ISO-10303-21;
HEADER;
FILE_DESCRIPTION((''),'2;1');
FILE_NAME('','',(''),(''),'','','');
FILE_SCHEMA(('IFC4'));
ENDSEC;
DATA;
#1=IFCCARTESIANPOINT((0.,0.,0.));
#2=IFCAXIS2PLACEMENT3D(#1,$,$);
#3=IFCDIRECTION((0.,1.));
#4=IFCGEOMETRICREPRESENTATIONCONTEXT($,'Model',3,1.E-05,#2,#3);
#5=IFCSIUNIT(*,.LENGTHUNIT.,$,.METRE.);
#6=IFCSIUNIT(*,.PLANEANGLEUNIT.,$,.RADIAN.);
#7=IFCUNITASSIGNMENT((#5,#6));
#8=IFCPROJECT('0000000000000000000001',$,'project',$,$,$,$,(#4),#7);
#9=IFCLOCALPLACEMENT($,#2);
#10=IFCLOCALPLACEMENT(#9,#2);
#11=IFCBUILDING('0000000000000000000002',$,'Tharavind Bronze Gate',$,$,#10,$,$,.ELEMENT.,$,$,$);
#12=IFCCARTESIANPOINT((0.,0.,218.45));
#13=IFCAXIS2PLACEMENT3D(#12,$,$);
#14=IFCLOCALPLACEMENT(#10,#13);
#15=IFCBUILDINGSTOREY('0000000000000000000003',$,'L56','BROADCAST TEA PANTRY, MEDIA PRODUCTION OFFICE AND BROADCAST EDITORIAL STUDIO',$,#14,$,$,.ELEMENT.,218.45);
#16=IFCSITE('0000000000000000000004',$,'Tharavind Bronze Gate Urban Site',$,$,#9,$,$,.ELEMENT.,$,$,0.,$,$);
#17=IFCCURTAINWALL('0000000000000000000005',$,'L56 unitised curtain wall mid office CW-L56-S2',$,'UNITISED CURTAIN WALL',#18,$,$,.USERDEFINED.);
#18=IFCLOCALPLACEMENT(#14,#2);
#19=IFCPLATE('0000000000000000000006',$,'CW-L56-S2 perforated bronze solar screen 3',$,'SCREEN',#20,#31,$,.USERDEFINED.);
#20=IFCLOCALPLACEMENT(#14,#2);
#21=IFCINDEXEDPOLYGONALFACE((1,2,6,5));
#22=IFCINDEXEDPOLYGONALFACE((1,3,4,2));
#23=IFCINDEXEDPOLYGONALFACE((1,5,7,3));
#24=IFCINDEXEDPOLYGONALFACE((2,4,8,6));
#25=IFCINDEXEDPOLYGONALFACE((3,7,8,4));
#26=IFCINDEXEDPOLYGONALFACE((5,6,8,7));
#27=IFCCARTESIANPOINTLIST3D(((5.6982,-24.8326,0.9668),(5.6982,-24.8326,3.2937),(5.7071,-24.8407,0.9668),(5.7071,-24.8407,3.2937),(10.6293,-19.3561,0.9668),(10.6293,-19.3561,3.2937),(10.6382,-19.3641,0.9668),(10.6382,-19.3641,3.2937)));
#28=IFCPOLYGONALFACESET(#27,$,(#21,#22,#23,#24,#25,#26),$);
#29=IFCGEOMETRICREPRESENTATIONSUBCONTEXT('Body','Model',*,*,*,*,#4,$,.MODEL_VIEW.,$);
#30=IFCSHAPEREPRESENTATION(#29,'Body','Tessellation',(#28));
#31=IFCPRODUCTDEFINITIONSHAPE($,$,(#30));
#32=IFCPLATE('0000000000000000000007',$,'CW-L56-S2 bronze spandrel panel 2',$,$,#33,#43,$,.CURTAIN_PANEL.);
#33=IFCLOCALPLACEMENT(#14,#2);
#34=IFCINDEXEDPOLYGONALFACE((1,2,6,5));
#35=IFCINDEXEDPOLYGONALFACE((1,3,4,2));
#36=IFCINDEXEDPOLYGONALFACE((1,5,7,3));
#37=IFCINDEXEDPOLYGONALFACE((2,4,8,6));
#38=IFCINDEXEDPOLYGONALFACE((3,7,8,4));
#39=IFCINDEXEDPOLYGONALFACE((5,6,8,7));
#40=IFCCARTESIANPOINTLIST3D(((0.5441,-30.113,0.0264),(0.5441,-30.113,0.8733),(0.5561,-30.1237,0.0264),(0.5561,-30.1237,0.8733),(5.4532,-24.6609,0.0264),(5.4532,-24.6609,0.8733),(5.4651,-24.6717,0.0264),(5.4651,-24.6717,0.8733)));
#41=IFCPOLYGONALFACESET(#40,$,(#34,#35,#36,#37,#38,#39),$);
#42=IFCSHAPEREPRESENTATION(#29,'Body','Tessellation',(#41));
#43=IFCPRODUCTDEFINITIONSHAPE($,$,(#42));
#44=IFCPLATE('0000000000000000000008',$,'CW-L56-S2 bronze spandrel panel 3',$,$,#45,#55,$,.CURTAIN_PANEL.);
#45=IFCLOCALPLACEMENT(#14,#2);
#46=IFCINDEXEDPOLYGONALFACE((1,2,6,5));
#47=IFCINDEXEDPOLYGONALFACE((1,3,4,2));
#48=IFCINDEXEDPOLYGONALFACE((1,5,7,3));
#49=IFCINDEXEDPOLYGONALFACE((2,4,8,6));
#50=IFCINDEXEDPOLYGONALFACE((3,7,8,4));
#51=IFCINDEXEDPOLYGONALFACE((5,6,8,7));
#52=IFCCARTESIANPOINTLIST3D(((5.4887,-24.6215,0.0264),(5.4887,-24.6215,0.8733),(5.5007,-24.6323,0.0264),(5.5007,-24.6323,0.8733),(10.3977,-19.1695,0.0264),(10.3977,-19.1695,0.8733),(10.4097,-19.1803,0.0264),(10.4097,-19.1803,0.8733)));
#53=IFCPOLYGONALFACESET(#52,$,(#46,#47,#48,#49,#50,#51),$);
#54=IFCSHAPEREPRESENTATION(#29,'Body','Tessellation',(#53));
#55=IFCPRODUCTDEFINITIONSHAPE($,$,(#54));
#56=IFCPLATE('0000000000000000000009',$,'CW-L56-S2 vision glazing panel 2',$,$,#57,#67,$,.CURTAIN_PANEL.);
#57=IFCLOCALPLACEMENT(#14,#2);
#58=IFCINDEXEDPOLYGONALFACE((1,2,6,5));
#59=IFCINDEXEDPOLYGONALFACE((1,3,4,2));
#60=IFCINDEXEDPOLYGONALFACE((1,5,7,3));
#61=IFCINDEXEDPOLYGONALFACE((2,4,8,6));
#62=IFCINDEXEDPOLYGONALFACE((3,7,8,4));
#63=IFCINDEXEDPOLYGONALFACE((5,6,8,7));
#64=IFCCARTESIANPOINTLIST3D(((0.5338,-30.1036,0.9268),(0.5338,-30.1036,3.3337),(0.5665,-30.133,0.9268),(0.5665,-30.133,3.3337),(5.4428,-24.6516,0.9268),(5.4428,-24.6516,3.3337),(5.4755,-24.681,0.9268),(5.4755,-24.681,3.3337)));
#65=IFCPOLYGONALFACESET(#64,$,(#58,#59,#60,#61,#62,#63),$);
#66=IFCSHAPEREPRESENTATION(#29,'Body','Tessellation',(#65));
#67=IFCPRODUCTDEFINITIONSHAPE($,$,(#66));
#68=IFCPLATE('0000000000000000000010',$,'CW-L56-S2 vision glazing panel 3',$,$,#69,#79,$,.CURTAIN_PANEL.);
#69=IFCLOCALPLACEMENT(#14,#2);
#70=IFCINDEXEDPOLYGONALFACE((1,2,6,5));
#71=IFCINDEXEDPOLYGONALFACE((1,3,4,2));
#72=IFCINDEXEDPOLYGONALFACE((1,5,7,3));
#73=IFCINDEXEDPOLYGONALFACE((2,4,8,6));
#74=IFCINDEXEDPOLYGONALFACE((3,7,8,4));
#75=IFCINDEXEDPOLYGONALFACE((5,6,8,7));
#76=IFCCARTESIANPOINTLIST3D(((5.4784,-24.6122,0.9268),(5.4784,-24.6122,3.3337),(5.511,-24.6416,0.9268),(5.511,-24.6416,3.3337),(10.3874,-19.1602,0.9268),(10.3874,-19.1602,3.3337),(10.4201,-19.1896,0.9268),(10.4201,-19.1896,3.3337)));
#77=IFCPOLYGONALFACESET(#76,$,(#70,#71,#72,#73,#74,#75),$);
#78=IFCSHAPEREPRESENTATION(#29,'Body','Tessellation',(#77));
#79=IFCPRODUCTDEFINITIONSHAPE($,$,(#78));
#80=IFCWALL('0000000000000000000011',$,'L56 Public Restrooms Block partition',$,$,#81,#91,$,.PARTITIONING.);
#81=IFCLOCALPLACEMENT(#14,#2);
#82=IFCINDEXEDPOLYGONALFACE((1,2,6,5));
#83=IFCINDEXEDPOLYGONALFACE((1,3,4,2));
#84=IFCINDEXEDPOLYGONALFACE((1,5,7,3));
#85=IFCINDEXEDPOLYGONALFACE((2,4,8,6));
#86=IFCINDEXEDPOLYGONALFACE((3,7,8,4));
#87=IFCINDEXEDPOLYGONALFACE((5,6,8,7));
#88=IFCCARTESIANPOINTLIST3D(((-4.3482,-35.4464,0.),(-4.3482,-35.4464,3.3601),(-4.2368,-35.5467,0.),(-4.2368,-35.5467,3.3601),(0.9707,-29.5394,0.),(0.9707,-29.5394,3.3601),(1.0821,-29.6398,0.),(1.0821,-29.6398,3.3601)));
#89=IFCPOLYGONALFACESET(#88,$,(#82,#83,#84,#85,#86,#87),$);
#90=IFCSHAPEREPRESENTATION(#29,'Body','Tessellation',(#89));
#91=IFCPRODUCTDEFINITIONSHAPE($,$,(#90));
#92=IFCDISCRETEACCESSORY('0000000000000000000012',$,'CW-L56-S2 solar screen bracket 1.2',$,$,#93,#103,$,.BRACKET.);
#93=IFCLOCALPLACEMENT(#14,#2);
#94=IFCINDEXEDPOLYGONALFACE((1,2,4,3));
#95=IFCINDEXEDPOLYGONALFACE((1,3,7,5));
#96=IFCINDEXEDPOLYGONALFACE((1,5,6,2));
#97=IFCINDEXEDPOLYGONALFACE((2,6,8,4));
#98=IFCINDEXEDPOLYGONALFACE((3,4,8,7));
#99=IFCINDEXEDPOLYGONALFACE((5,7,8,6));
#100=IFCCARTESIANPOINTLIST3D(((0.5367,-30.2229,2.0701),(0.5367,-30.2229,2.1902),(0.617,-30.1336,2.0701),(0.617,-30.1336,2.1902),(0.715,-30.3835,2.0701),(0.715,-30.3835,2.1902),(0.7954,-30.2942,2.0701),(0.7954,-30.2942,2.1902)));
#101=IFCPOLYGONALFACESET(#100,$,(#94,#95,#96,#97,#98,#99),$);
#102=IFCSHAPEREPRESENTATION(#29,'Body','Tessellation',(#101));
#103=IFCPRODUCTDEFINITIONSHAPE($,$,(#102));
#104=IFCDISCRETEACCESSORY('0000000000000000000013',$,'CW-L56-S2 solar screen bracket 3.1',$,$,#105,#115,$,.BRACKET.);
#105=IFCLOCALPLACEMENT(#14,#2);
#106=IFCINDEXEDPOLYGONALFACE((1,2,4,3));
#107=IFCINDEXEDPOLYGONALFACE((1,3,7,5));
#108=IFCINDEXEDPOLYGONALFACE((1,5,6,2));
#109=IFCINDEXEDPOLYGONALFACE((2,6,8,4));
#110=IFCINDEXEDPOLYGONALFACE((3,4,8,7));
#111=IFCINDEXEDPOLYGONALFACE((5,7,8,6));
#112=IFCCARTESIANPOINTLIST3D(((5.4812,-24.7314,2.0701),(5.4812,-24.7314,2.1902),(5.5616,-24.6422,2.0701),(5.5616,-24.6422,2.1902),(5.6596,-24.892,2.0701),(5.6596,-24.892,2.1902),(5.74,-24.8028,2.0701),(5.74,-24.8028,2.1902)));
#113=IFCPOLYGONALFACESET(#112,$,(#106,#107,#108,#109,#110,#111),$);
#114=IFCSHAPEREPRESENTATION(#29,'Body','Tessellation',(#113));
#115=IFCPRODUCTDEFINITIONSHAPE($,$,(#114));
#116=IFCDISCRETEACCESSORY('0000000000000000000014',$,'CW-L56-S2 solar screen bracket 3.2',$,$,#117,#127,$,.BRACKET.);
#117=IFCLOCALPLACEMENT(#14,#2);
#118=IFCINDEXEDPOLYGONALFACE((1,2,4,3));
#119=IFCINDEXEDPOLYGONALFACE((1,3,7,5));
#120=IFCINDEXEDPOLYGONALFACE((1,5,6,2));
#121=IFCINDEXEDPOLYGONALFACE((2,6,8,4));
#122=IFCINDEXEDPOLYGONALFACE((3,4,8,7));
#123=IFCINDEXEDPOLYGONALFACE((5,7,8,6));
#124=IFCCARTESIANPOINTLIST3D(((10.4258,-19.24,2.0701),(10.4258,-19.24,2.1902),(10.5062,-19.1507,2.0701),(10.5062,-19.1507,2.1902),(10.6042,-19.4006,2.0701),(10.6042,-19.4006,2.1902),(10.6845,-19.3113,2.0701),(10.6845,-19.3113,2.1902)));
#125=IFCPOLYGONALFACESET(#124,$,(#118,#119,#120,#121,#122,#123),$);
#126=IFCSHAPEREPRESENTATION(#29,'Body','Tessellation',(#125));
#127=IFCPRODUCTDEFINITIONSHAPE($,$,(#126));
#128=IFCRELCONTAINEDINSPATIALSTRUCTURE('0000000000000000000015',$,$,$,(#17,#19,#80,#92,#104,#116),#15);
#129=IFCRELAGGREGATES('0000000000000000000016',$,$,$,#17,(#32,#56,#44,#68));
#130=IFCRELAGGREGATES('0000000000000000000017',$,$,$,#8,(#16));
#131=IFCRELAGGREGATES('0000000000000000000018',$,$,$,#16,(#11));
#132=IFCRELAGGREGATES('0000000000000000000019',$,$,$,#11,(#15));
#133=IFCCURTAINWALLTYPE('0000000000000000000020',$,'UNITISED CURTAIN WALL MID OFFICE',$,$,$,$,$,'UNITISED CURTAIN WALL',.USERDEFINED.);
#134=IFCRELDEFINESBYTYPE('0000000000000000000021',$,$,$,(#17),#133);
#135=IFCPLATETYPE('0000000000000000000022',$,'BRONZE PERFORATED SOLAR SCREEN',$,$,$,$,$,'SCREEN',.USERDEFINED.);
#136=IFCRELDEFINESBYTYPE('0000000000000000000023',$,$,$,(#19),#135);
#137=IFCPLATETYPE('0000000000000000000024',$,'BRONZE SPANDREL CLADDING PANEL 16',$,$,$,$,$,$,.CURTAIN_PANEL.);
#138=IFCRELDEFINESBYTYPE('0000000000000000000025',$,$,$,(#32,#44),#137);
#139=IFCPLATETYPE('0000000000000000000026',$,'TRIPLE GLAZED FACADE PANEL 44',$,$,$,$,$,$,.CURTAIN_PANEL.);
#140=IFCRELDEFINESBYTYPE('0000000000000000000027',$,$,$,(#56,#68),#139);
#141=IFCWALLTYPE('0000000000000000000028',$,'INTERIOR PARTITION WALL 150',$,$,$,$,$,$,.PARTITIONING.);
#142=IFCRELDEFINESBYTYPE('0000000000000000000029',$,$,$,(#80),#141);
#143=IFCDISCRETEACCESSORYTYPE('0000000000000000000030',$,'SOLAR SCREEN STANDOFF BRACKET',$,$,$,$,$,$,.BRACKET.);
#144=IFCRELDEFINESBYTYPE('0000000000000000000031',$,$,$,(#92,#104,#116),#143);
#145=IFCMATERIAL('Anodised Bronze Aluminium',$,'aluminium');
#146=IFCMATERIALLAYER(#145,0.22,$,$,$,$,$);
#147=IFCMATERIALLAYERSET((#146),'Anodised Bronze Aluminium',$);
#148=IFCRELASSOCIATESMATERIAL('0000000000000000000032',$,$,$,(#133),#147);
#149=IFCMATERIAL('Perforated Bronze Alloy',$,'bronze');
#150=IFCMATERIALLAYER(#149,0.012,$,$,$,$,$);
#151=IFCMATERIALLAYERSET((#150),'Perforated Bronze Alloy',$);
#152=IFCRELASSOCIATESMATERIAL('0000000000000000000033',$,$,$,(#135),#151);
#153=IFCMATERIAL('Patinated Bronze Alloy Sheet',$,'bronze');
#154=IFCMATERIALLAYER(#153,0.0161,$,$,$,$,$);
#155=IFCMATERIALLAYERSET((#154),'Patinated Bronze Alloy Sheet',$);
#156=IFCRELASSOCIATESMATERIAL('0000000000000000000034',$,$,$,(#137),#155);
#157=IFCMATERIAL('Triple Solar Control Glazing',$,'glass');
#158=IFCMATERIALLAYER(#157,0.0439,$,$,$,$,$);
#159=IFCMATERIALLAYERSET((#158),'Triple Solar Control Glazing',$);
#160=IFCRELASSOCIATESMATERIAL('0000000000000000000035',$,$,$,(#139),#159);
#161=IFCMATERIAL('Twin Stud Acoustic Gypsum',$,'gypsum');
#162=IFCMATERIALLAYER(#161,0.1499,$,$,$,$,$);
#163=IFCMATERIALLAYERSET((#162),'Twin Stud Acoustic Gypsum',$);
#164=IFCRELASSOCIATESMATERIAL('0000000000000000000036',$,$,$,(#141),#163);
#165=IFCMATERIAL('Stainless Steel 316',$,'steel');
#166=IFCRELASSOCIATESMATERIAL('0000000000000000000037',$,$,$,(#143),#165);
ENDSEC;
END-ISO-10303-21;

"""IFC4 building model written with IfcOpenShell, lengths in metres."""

from ifc_helpers import new_model, si_unit, direction, frame, frame_2d, origin, origin_2d, place, context, subcontext, project, spatial, rectangle, extrude, material, layer, layer_set, type_object, element, aggregate, save


model = new_model("IFC4")

# Units and contexts
model_context = context("Model", 3, precision=1e-05, world=origin(), true_north=direction((0.0, 1.0)))
body_context = subcontext(model_context, "Body", "Model", "MODEL_VIEW")
ifc_project = project(units=[si_unit("LENGTHUNIT", "METRE"), si_unit("PLANEANGLEUNIT", "RADIAN")], contexts=[model_context])

# Site, building, storey
site_placement = place(None, origin())
site = spatial("IfcSite", under=ifc_project, at=site_placement, Name="Tharavind Bronze Gate Urban Site", CompositionType="ELEMENT", RefElevation=0.0)
building_placement = place(site_placement, origin())
building = spatial("IfcBuilding", under=site, at=building_placement, Name="Tharavind Bronze Gate", CompositionType="ELEMENT")
storey_placement = place(building_placement, frame((0.0, 0.0, 218.45)))
storey = spatial("IfcBuildingStorey", under=building, at=storey_placement, Name="L56", Description="BROADCAST TEA PANTRY, MEDIA PRODUCTION OFFICE AND BROADCAST EDITORIAL STUDIO", CompositionType="ELEMENT", Elevation=218.45)

# Curtain wall
ifc_material_1 = material(Name="Anodised Bronze Aluminium", Category="aluminium")
ifc_layer_1 = layer(ifc_material_1, 0.22)
ifc_layer_set_1 = layer_set([ifc_layer_1], Name="Anodised Bronze Aluminium")
curtain_wall_type = type_object("IfcCurtainWallType", Name="UNITISED CURTAIN WALL MID OFFICE", ElementType="UNITISED CURTAIN WALL", PredefinedType="USERDEFINED", material=ifc_layer_set_1)
curtain_wall_placement = place(storey_placement, origin())
curtain_wall = element("IfcCurtainWall", 1, at=curtain_wall_placement, inside=storey, type_object=curtain_wall_type, Name="L56 unitised curtain wall mid office CW-L56-S2", ObjectType="UNITISED CURTAIN WALL", PredefinedType="USERDEFINED")

# Plates
ifc_material_2 = material(Name="Perforated Bronze Alloy", Category="bronze")
ifc_layer_2 = layer(ifc_material_2, 0.012)
ifc_layer_set_2 = layer_set([ifc_layer_2], Name="Perforated Bronze Alloy")
plate_type_1 = type_object("IfcPlateType", Name="BRONZE PERFORATED SOLAR SCREEN", ElementType="SCREEN", PredefinedType="USERDEFINED", material=ifc_layer_set_2)
plate_1_placement = place(storey_placement, frame((8.1682, -22.0984, 0.9668), z_axis=(0.0, 0.0, 1.0), x_axis=(0.669131, 0.743145, 0.0)))
element("IfcPlate", 2, at=plate_1_placement, inside=storey, type_object=plate_type_1, Name="CW-L56-S2 perforated bronze solar screen 3", ObjectType="SCREEN", PredefinedType="USERDEFINED", context=body_context, shape_type="SweptSolid", body=[
    extrude(rectangle(XDim=7.3694, YDim=0.012, at=origin_2d()), origin(), (0.0, 0.0, 1.0), 2.3269),
])
ifc_material_3 = material(Name="Patinated Bronze Alloy Sheet", Category="bronze")
ifc_layer_3 = layer(ifc_material_3, 0.0161)
ifc_layer_set_3 = layer_set([ifc_layer_3], Name="Patinated Bronze Alloy Sheet")
plate_type_2 = type_object("IfcPlateType", Name="BRONZE SPANDREL CLADDING PANEL 16", PredefinedType="CURTAIN_PANEL", material=ifc_layer_set_3)
plate_2_placement = place(storey_placement, frame((3.0046, -27.3923, 0.0264), z_axis=(0.0, 0.0, 1.0), x_axis=(0.669131, 0.743145, 0.0)))
plate_2 = element("IfcPlate", 3, at=plate_2_placement, type_object=plate_type_2, Name="CW-L56-S2 bronze spandrel panel 2", PredefinedType="CURTAIN_PANEL", context=body_context, shape_type="SweptSolid", body=[
    extrude(rectangle(XDim=7.3364, YDim=0.0161, at=origin_2d()), origin(), (0.0, 0.0, 1.0), 0.8469),
])
plate_3_placement = place(storey_placement, frame((7.9492, -21.9009, 0.0264), z_axis=(0.0, 0.0, 1.0), x_axis=(0.669131, 0.743145, 0.0)))
plate_3 = element("IfcPlate", 4, at=plate_3_placement, type_object=plate_type_2, Name="CW-L56-S2 bronze spandrel panel 3", PredefinedType="CURTAIN_PANEL", context=body_context, shape_type="SweptSolid", body=[
    extrude(rectangle(XDim=7.3364, YDim=0.0161, at=origin_2d()), origin(), (0.0, 0.0, 1.0), 0.8469),
])
ifc_material_4 = material(Name="Triple Solar Control Glazing", Category="glass")
ifc_layer_4 = layer(ifc_material_4, 0.0439)
ifc_layer_set_4 = layer_set([ifc_layer_4], Name="Triple Solar Control Glazing")
plate_type_3 = type_object("IfcPlateType", Name="TRIPLE GLAZED FACADE PANEL 44", PredefinedType="CURTAIN_PANEL", material=ifc_layer_set_4)
plate_4_placement = place(storey_placement, frame((3.0046, -27.3923, 0.9268), z_axis=(0.0, 0.0, 1.0), x_axis=(0.669131, 0.743145, 0.0)))
plate_4 = element("IfcPlate", 5, at=plate_4_placement, type_object=plate_type_3, Name="CW-L56-S2 vision glazing panel 2", PredefinedType="CURTAIN_PANEL", context=body_context, shape_type="SweptSolid", body=[
    extrude(rectangle(XDim=7.3364, YDim=0.0439, at=origin_2d()), origin(), (0.0, 0.0, 1.0), 2.407),
])
plate_5_placement = place(storey_placement, frame((7.9492, -21.9009, 0.9268), z_axis=(0.0, 0.0, 1.0), x_axis=(0.669131, 0.743145, 0.0)))
plate_5 = element("IfcPlate", 6, at=plate_5_placement, type_object=plate_type_3, Name="CW-L56-S2 vision glazing panel 3", PredefinedType="CURTAIN_PANEL", context=body_context, shape_type="SweptSolid", body=[
    extrude(rectangle(XDim=7.3364, YDim=0.0439, at=origin_2d()), origin(), (0.0, 0.0, 1.0), 2.407),
])
aggregate(curtain_wall, [plate_2, plate_4, plate_3, plate_5])

# Wall
ifc_material_5 = material(Name="Twin Stud Acoustic Gypsum", Category="gypsum")
ifc_layer_5 = layer(ifc_material_5, 0.1499)
ifc_layer_set_5 = layer_set([ifc_layer_5], Name="Twin Stud Acoustic Gypsum")
wall_type = type_object("IfcWallType", Name="INTERIOR PARTITION WALL 150", PredefinedType="PARTITIONING", material=ifc_layer_set_5)
wall_placement = place(storey_placement, frame((1.0264, -29.5896, 0.0), z_axis=(0.0, 0.0, 1.0), x_axis=(-0.669143, -0.743134, 0.0)))
element("IfcWall", 7, at=wall_placement, inside=storey, type_object=wall_type, Name="L56 Public Restrooms Block partition", PredefinedType="PARTITIONING", context=body_context, shape_type="SweptSolid", body=[
    extrude(rectangle(XDim=7.9487, YDim=0.1499, at=frame_2d((3.9744, 0.0))), origin(), (0.0, 0.0, 1.0), 3.3601),
])

# Discrete accessories
ifc_material_6 = material(Name="Stainless Steel 316", Category="steel")
discrete_accessory_type = type_object("IfcDiscreteAccessoryType", Name="SOLAR SCREEN STANDOFF BRACKET", PredefinedType="BRACKET", material=ifc_material_6)
for number, where, z_axis, x_axis, name in (
    (8, (0.666, -30.2585, 2.0701), (0.0, 0.0, 1.0), (0.669131, 0.743145, 0.0), "CW-L56-S2 solar screen bracket 1.2"),
    (9, (5.6106, -24.7671, 2.0701), (0.0, 0.0, 1.0), (0.669131, 0.743145, 0.0), "CW-L56-S2 solar screen bracket 3.1"),
    (10, (10.5552, -19.2756, 2.0701), (0.0, 0.0, 1.0), (0.669131, 0.743145, 0.0), "CW-L56-S2 solar screen bracket 3.2"),
):
    element("IfcDiscreteAccessory", number, at=place(storey_placement, frame(where, z_axis=z_axis, x_axis=x_axis)), inside=storey, type_object=discrete_accessory_type, Name=name, PredefinedType="BRACKET", context=body_context, shape_type="SweptSolid", body=[
        extrude(rectangle(XDim=0.1201, YDim=0.24, at=origin_2d()), origin(), (0.0, 0.0, 1.0), 0.1201),
    ])

save(model, "model.ifc")
